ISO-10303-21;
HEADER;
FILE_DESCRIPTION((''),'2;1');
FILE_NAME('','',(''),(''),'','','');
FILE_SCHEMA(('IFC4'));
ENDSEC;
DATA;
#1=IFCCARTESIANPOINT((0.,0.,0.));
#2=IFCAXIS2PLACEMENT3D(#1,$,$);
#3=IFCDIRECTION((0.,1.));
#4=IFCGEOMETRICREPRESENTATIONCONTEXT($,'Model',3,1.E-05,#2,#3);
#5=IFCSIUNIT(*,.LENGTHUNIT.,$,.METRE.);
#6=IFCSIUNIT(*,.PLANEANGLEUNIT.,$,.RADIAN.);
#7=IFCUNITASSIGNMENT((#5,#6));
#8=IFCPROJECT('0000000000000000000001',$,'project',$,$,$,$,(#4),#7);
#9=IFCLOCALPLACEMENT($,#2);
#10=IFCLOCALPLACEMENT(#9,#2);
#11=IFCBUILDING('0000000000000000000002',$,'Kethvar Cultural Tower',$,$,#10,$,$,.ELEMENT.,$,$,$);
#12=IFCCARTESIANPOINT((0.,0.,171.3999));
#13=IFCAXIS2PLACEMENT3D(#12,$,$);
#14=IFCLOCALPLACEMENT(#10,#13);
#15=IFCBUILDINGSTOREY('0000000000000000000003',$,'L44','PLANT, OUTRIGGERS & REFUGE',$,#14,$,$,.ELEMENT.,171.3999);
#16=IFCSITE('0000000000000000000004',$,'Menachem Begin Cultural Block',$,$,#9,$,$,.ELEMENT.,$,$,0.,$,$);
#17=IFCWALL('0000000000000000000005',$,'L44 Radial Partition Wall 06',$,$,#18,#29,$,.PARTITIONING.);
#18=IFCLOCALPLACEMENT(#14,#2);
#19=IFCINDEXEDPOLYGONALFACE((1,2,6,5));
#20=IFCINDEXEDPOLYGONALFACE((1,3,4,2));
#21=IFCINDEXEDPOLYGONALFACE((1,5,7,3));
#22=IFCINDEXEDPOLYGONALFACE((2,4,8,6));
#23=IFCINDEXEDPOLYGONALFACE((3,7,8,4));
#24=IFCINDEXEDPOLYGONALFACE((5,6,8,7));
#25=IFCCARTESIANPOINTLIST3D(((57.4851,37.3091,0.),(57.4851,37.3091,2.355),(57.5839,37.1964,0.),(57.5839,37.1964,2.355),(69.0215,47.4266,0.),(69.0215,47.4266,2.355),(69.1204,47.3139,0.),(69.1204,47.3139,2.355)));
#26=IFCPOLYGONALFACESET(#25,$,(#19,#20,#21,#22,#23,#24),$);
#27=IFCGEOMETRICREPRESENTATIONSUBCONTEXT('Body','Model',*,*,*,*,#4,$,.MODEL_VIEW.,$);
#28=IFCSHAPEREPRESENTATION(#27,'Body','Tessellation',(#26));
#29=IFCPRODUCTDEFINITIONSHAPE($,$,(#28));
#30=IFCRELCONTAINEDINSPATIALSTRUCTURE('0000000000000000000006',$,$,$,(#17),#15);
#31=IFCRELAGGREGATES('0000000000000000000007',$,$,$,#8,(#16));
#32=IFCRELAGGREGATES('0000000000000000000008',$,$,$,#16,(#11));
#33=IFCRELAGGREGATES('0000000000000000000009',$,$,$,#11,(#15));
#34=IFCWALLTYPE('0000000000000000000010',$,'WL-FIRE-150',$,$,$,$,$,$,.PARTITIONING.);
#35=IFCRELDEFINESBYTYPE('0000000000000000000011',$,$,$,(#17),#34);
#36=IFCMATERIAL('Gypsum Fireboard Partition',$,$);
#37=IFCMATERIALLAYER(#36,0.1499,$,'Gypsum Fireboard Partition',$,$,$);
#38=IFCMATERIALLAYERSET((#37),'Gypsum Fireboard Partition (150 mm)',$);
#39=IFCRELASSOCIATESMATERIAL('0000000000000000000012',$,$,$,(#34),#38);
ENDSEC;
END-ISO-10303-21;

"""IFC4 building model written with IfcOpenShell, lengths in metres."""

from ifc_helpers import new_model, si_unit, direction, frame, frame_2d, origin, place, context, subcontext, project, spatial, rectangle, extrude, material, layer, layer_set, type_object, element, save


model = new_model("IFC4")

# Units and contexts
model_context = context("Model", 3, precision=1e-05, world=origin(), true_north=direction((0.0, 1.0)))
body_context = subcontext(model_context, "Body", "Model", "MODEL_VIEW")
ifc_project = project(units=[si_unit("LENGTHUNIT", "METRE"), si_unit("PLANEANGLEUNIT", "RADIAN")], contexts=[model_context])

# Site, building, storey
site_placement = place(None, origin())
site = spatial("IfcSite", under=ifc_project, at=site_placement, Name="Menachem Begin Cultural Block", CompositionType="ELEMENT", RefElevation=0.0)
building_placement = place(site_placement, origin())
building = spatial("IfcBuilding", under=site, at=building_placement, Name="Kethvar Cultural Tower", CompositionType="ELEMENT")
storey_placement = place(building_placement, frame((0.0, 0.0, 171.3999)))
storey = spatial("IfcBuildingStorey", under=building, at=storey_placement, Name="L44", Description="PLANT, OUTRIGGERS & REFUGE", CompositionType="ELEMENT", Elevation=171.3999)

# Shared definitions
ifc_material_1 = material(Name="Gypsum Fireboard Partition")
ifc_layer_1 = layer(ifc_material_1, 0.1499, Name="Gypsum Fireboard Partition")
ifc_layer_set_1 = layer_set([ifc_layer_1], Name="Gypsum Fireboard Partition (150 mm)")
wall_type = type_object("IfcWallType", Name="WL-FIRE-150", PredefinedType="PARTITIONING", material=ifc_layer_set_1)

# Wall
wall_1_placement = place(storey_placement, frame((57.5344, 37.2527, 0.0), z_axis=(0.0, 0.0, 1.0), x_axis=(0.75183, 0.659357, 0.0)))
element("IfcWall", 1, at=wall_1_placement, inside=storey, type_object=wall_type, Name="L44 Radial Partition Wall 06", PredefinedType="PARTITIONING", context=body_context, shape_type="SweptSolid", body=[
    extrude(rectangle(XDim=15.3445, YDim=0.1499, at=frame_2d((7.6724, 0.0))), origin(), (0.0, 0.0, 1.0), 2.355),
])

save(model, "model.ifc")
